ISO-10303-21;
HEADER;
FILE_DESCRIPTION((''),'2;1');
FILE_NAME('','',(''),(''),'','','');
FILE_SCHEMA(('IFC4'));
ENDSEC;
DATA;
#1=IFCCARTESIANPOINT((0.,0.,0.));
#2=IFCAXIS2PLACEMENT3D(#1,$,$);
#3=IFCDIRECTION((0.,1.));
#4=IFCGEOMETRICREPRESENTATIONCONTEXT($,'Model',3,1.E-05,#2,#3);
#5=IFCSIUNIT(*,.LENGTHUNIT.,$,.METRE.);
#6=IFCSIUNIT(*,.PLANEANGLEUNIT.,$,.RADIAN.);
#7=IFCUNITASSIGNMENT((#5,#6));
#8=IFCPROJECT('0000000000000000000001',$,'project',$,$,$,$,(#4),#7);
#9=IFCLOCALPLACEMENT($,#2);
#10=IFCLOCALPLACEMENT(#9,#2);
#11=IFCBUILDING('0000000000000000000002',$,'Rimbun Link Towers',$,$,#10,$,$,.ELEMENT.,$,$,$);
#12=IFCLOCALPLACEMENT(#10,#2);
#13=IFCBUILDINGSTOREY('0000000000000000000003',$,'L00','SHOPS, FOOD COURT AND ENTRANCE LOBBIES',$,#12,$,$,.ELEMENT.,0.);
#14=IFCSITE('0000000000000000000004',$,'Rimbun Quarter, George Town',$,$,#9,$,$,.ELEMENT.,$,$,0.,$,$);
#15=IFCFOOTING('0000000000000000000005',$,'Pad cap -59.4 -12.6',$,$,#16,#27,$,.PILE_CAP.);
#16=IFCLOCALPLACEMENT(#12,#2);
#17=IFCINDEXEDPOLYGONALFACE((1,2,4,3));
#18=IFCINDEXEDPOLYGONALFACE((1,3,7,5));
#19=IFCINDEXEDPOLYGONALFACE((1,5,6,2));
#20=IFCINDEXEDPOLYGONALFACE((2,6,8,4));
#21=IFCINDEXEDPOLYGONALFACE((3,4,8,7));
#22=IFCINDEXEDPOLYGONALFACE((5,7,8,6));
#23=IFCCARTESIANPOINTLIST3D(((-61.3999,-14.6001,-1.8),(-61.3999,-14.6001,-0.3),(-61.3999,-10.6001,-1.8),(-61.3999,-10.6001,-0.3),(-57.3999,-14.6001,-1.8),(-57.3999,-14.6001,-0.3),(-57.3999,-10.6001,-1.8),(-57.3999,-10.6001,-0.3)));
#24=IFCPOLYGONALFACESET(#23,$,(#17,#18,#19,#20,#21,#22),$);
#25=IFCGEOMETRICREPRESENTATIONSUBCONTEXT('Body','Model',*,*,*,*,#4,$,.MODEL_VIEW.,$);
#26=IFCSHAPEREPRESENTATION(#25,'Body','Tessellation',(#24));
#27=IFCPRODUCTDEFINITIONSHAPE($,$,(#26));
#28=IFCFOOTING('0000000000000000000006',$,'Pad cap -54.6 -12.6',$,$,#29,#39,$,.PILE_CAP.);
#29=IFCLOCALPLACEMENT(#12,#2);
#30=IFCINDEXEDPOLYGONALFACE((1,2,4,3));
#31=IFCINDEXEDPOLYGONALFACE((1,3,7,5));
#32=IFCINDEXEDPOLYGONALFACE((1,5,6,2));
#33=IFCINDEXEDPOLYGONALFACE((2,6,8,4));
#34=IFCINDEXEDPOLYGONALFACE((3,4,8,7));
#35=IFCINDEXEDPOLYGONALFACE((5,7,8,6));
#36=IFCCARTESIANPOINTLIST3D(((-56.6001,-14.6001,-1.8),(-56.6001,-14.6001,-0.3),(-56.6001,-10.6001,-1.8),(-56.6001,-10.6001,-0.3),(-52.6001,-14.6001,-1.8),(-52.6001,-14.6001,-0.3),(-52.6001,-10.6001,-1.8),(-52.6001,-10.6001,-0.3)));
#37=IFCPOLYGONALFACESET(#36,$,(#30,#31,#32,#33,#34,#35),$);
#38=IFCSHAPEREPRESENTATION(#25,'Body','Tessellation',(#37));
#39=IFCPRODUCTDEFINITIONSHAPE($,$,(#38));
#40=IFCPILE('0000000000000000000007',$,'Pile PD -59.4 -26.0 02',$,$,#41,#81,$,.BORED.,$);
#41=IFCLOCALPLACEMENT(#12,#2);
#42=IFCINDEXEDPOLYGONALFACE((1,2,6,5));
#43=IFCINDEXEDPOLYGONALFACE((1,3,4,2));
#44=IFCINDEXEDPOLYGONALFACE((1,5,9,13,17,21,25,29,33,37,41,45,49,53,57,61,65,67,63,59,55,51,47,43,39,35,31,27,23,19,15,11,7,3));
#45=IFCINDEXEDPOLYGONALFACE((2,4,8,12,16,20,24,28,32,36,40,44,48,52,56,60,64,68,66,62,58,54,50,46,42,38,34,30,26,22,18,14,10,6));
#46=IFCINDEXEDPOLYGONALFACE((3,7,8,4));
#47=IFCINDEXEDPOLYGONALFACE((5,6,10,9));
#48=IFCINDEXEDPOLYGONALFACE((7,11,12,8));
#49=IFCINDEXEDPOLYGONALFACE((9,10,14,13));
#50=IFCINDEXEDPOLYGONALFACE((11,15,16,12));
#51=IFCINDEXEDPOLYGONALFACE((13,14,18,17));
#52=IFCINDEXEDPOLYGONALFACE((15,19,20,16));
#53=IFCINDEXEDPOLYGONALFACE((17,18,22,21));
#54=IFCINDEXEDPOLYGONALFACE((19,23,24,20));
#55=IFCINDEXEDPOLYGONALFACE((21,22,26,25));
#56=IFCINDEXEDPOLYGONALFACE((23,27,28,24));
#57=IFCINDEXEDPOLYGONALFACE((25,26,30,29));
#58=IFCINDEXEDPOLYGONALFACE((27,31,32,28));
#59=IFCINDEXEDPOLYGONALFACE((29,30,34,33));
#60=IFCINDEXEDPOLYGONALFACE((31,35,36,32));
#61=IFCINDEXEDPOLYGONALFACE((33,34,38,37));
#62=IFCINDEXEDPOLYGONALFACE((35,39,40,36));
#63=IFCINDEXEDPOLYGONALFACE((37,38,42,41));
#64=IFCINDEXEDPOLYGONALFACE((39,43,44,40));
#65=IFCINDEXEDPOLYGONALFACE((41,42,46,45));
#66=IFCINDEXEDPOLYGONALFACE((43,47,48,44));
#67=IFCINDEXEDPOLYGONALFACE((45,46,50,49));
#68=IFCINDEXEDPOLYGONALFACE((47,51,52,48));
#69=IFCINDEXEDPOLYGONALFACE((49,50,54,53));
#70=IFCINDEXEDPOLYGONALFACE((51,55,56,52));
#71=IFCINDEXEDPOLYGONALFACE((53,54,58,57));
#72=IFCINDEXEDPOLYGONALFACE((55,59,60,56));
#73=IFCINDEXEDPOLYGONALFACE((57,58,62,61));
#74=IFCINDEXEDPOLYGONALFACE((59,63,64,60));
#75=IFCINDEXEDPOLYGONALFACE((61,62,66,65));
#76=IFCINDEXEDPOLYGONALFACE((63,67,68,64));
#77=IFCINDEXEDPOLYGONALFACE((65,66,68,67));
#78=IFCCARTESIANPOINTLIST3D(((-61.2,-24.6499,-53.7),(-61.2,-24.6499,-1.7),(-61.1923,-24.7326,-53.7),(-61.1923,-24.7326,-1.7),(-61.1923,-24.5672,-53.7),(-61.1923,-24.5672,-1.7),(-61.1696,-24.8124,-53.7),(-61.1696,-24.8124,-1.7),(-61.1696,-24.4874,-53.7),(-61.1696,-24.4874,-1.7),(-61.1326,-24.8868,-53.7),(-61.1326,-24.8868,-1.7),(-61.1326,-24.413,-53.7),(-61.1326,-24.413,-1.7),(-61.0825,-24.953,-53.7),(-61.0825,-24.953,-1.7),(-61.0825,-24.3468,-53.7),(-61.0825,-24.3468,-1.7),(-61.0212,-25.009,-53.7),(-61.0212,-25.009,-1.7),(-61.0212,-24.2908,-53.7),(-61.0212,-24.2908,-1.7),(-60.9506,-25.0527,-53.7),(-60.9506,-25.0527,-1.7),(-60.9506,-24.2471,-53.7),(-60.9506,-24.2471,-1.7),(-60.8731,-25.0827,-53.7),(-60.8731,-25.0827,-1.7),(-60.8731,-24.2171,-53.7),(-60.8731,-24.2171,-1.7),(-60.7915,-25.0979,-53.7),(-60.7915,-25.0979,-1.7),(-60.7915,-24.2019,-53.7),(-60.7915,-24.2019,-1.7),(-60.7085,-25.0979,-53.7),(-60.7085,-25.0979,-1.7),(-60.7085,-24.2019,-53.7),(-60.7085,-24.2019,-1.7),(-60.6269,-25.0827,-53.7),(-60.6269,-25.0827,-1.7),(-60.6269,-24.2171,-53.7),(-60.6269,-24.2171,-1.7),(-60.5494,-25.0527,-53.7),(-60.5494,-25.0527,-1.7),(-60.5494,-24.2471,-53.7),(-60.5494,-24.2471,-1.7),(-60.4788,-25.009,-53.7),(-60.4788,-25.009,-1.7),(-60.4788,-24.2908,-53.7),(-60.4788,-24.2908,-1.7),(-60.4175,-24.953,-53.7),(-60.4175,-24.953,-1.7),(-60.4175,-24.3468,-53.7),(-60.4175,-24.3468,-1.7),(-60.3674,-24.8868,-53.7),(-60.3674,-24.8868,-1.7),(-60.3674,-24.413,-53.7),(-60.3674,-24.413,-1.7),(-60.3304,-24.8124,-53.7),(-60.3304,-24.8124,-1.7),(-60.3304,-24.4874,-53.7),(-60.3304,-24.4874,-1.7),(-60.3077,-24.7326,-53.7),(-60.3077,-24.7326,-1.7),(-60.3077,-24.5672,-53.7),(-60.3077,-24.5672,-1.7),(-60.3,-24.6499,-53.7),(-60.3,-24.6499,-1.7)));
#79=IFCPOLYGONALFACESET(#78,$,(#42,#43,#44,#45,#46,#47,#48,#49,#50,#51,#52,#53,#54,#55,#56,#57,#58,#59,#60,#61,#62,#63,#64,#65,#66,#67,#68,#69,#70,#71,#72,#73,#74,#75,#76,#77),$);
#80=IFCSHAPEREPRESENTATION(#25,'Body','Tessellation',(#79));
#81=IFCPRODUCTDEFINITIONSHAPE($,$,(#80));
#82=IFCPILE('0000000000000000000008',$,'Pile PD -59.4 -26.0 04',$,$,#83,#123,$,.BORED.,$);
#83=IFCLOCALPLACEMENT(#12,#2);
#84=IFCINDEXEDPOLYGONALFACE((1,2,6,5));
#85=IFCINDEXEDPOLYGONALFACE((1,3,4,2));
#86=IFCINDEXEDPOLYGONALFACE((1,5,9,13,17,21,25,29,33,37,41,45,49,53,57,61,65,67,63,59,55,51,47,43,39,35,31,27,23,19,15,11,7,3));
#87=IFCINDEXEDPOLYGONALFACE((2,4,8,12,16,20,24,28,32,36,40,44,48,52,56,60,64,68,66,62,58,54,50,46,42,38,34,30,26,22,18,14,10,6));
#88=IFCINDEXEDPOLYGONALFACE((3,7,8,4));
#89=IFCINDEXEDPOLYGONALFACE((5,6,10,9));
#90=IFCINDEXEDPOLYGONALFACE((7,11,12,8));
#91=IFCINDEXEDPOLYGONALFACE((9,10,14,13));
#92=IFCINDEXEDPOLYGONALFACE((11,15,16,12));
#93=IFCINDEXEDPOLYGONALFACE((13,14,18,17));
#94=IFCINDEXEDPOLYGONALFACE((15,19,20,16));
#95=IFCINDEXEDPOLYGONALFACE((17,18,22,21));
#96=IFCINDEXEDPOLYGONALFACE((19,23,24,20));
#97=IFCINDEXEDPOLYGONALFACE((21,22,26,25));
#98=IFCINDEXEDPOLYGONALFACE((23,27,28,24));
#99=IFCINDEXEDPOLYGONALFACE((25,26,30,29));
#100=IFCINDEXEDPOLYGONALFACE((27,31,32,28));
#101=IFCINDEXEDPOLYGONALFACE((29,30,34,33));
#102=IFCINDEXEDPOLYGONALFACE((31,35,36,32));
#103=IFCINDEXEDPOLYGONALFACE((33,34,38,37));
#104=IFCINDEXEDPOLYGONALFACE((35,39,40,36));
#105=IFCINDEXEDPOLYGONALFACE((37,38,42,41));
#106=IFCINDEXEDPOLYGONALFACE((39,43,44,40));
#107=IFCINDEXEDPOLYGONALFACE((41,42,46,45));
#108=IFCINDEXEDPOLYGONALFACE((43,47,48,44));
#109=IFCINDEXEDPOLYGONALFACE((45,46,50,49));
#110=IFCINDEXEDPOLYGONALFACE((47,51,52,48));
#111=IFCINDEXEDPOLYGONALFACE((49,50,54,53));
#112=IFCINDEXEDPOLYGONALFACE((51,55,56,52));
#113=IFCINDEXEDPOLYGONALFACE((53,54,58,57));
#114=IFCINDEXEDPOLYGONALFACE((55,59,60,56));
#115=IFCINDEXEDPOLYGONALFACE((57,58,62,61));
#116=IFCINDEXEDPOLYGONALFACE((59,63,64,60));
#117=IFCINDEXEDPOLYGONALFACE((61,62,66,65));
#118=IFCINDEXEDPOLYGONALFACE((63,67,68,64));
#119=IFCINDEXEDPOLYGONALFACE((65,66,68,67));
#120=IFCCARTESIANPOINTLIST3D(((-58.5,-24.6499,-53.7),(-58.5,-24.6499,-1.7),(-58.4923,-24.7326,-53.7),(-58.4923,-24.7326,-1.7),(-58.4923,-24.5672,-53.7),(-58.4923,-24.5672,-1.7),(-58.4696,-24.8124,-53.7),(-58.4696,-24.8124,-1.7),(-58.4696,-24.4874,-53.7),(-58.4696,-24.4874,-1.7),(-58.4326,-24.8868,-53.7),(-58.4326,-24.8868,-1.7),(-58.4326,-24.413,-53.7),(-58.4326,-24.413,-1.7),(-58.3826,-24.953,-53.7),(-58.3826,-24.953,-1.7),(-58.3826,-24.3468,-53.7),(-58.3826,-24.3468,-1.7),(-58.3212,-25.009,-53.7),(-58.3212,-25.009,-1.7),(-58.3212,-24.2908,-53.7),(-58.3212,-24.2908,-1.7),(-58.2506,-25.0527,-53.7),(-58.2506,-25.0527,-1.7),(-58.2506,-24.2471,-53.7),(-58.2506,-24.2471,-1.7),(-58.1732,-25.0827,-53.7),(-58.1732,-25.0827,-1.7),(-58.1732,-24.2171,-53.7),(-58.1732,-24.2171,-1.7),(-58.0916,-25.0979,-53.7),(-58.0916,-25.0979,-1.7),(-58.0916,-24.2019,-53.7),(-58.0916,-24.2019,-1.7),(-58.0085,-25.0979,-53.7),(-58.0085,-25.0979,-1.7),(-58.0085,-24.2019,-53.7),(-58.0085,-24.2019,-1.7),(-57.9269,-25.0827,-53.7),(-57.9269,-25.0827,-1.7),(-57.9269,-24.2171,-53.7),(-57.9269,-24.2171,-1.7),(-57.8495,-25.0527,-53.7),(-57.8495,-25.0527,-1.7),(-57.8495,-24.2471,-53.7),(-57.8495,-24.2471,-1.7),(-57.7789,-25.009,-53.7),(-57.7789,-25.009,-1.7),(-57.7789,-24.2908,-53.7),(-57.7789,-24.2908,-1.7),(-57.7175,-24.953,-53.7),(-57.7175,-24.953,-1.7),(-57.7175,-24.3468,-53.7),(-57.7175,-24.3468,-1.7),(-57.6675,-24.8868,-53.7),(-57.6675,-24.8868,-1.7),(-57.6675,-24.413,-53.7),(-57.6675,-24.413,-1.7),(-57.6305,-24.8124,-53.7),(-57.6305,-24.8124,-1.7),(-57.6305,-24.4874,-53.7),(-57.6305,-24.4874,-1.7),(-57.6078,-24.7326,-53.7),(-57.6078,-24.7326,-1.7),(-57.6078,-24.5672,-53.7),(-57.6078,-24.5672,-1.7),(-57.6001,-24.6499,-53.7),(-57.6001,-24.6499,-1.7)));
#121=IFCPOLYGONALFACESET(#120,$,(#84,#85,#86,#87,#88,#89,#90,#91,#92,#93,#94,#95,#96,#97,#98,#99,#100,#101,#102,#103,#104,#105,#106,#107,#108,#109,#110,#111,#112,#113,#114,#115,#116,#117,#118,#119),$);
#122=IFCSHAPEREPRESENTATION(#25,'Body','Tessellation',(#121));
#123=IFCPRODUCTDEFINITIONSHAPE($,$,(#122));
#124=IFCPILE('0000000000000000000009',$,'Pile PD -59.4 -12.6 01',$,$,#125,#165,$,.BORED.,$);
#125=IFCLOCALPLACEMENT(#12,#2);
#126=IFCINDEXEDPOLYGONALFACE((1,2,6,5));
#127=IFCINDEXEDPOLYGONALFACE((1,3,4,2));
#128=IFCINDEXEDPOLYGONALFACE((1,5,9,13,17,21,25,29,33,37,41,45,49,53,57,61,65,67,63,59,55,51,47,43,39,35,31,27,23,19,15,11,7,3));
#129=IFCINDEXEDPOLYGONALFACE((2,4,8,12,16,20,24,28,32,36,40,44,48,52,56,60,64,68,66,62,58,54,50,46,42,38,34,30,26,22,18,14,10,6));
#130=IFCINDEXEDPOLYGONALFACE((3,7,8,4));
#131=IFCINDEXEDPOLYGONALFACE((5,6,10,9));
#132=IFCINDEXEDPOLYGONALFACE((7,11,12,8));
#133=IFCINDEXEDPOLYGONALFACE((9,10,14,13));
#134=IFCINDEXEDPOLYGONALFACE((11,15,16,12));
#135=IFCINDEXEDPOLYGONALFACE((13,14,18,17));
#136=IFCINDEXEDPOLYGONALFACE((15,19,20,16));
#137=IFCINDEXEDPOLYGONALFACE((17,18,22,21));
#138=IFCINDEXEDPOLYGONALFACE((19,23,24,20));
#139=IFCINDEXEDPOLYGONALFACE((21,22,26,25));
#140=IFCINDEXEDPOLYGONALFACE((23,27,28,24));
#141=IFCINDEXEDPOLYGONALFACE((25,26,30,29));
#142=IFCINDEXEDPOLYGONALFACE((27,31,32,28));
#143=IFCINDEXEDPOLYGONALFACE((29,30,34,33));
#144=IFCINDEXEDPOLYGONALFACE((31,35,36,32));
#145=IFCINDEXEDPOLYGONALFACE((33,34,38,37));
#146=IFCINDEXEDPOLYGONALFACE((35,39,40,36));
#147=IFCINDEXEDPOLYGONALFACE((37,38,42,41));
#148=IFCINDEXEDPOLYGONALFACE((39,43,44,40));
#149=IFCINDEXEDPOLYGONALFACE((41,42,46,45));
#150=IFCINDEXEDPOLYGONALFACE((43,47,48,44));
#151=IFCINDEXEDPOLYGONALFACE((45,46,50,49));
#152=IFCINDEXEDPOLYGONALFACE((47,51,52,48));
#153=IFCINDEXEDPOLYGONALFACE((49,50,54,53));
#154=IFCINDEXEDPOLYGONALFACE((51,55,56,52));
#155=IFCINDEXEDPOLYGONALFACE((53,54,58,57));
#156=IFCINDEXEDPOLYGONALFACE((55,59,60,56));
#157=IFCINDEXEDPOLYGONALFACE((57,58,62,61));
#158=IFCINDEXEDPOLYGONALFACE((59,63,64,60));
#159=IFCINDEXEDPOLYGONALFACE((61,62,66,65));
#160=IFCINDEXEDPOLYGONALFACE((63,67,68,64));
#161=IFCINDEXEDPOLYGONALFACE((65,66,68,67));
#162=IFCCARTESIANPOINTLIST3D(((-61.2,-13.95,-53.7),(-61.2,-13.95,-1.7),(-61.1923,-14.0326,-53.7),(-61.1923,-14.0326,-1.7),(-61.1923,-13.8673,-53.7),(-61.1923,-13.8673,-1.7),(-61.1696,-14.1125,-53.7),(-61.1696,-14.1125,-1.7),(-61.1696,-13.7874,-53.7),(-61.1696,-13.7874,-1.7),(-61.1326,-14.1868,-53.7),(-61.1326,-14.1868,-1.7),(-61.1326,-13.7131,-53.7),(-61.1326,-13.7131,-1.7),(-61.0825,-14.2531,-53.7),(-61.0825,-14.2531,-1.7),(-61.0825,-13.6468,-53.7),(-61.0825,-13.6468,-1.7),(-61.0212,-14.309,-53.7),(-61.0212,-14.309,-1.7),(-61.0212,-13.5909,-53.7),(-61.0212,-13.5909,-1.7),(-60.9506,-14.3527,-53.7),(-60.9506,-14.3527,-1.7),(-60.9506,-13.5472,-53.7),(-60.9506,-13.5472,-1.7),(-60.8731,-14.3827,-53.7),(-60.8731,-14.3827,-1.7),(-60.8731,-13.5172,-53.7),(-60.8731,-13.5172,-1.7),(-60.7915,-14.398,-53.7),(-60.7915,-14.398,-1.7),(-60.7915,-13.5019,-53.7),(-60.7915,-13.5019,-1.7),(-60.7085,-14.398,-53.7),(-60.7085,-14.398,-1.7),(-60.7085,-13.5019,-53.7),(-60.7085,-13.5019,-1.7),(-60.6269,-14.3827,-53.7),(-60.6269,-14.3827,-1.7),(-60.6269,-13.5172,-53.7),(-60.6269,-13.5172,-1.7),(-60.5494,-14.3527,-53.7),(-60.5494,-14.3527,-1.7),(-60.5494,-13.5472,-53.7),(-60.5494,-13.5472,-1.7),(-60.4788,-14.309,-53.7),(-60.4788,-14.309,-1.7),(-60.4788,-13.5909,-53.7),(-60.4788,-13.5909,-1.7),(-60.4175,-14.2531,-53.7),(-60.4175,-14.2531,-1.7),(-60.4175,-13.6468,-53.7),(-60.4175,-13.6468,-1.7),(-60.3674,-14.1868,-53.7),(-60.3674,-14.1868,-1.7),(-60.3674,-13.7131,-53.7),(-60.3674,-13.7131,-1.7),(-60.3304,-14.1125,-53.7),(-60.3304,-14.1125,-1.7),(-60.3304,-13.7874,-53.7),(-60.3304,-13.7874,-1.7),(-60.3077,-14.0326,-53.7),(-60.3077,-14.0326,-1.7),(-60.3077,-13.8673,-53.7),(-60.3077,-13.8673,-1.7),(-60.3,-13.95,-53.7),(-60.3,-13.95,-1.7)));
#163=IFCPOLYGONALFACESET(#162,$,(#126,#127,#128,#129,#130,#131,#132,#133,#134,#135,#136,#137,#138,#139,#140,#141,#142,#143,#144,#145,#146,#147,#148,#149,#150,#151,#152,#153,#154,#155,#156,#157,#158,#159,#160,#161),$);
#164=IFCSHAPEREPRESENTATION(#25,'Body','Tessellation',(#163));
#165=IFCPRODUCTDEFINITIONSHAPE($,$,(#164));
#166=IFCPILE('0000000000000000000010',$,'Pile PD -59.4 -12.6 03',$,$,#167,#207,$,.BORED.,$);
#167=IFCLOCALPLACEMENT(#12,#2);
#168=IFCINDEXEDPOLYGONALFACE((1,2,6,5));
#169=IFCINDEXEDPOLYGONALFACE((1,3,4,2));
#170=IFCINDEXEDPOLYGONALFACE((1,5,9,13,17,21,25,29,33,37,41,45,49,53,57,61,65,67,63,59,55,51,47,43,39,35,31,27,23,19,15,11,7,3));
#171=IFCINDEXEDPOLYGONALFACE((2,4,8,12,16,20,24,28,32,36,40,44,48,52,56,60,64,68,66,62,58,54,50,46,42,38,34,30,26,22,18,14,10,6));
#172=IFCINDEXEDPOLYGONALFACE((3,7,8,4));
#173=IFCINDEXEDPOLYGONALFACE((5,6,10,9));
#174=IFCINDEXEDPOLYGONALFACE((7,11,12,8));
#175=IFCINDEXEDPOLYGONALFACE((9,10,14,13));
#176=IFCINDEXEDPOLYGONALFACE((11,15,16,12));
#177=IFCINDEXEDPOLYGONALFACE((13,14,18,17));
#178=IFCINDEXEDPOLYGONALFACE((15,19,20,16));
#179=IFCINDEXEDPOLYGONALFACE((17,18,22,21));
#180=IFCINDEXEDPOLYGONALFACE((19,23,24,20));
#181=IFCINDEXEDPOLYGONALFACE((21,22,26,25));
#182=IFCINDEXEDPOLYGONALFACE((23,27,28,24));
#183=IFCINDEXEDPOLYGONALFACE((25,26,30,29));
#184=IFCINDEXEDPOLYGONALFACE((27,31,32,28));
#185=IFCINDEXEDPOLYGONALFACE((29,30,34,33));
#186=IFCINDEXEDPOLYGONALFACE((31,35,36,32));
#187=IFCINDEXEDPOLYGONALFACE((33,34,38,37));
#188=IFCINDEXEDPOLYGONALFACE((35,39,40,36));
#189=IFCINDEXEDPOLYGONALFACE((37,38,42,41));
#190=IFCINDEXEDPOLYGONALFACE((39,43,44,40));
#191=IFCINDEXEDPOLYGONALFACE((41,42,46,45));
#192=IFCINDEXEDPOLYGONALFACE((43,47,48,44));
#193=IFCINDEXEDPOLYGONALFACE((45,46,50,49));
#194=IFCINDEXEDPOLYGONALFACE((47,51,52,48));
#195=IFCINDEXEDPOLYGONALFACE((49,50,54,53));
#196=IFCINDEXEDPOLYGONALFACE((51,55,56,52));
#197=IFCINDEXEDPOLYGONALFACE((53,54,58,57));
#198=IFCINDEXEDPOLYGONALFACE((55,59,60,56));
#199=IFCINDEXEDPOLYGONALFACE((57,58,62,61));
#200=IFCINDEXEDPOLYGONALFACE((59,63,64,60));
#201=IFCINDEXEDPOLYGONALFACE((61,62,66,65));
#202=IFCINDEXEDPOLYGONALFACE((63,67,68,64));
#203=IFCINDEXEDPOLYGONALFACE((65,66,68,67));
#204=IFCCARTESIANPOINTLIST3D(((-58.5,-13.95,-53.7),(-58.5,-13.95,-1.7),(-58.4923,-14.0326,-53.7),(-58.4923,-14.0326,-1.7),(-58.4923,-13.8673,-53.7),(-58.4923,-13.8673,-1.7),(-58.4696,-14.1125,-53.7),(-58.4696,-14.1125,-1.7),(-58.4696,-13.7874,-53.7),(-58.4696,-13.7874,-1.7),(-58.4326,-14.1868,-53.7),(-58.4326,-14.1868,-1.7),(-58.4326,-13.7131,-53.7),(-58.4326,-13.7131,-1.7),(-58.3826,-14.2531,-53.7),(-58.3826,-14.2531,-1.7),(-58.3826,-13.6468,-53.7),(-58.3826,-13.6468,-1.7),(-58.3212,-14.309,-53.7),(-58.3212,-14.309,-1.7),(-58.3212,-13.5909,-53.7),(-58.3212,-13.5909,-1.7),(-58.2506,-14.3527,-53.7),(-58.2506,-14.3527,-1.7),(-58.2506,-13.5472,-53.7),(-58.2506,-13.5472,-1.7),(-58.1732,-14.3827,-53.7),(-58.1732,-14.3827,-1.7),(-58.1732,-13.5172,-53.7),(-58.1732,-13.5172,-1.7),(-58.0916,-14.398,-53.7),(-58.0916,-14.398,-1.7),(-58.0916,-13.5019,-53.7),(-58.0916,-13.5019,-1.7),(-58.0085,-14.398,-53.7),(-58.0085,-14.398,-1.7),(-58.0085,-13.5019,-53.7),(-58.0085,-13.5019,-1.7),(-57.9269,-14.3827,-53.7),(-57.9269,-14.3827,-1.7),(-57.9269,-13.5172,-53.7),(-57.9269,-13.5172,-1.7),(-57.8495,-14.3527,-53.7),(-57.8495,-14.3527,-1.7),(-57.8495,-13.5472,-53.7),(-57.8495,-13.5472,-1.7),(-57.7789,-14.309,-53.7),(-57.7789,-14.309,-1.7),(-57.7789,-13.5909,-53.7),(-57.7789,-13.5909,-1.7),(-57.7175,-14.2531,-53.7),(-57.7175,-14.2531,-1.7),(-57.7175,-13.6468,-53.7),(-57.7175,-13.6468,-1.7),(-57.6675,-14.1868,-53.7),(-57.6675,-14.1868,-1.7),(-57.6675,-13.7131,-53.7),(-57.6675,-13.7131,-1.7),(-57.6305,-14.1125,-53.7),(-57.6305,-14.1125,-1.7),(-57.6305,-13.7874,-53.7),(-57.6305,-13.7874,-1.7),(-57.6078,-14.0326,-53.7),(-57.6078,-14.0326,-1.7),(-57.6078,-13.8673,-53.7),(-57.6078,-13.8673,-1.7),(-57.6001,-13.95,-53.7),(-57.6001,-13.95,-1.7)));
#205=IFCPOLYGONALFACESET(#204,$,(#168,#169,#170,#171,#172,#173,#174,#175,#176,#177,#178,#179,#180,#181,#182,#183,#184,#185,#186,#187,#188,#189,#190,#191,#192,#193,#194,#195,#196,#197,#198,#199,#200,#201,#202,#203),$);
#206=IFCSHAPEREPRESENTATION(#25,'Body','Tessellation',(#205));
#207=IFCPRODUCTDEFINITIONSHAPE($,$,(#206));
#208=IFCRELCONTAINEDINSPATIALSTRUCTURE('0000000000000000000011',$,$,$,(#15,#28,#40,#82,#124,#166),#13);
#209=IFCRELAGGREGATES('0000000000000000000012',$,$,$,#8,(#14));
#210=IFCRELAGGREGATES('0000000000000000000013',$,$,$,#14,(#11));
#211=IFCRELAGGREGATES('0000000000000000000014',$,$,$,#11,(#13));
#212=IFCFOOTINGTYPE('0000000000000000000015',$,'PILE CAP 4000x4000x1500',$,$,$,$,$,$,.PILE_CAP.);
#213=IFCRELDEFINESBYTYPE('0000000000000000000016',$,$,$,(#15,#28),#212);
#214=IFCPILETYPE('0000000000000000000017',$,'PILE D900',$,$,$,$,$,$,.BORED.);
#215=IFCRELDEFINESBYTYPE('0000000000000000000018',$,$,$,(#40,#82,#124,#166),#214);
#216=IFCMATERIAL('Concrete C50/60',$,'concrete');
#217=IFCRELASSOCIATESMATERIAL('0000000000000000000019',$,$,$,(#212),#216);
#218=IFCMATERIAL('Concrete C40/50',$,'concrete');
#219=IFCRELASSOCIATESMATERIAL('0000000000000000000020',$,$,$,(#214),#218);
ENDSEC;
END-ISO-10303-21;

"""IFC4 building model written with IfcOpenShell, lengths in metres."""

from ifc_helpers import new_model, si_unit, direction, frame, origin, origin_2d, place, context, subcontext, project, spatial, rectangle, circle, extrude, material, material_profile, profile_set, type_object, element, save


model = new_model("IFC4")

# Units and contexts
model_context = context("Model", 3, precision=1e-05, world=origin(), true_north=direction((0.0, 1.0)))
body_context = subcontext(model_context, "Body", "Model", "MODEL_VIEW")
ifc_project = project(units=[si_unit("LENGTHUNIT", "METRE"), si_unit("PLANEANGLEUNIT", "RADIAN")], contexts=[model_context])

# Site, building, storey
site_placement = place(None, origin())
site = spatial("IfcSite", under=ifc_project, at=site_placement, Name="Rimbun Quarter, George Town", CompositionType="ELEMENT", RefElevation=0.0)
building_placement = place(site_placement, origin())
building = spatial("IfcBuilding", under=site, at=building_placement, Name="Rimbun Link Towers", CompositionType="ELEMENT")
storey_placement = place(building_placement, origin())
storey = spatial("IfcBuildingStorey", under=building, at=storey_placement, Name="L00", Description="SHOPS, FOOD COURT AND ENTRANCE LOBBIES", CompositionType="ELEMENT", Elevation=0.0)

# Footings
ifc_material_1 = material(Name="Concrete C50/60", Category="concrete")
footing_type = type_object("IfcFootingType", Name="PILE CAP 4000x4000x1500", PredefinedType="PILE_CAP", material=ifc_material_1)
for number, where, z_axis, x_axis, name in (
    (1, (-59.3999, -12.6001, -1.8), (0.0, 0.0, 1.0), (1.0, 0.0, 0.0), "Pad cap -59.4 -12.6"),
    (2, (-54.6001, -12.6001, -1.8), (0.0, 0.0, 1.0), (1.0, 0.0, 0.0), "Pad cap -54.6 -12.6"),
):
    element("IfcFooting", number, at=place(storey_placement, frame(where, z_axis=z_axis, x_axis=x_axis)), inside=storey, type_object=footing_type, Name=name, PredefinedType="PILE_CAP", context=body_context, shape_type="SweptSolid", body=[
        extrude(rectangle(XDim=4.0, YDim=4.0, at=origin_2d()), origin(), (0.0, 0.0, 1.0), 1.5),
    ])

# Piles
ifc_material_2 = material(Name="Concrete C40/50", Category="concrete")
ifc_material_profile_1 = material_profile(ifc_material_2, circle(Radius=0.45, at=origin_2d()), Name="PILE D900")
ifc_profile_set_1 = profile_set([ifc_material_profile_1], Name="Concrete C40/50")
pile_type = type_object("IfcPileType", Name="PILE D900", PredefinedType="BORED", material=ifc_profile_set_1)
for number, where, z_axis, x_axis, name in (
    (3, (-60.75, -24.6499, -1.7), (0.0, 0.0, -1.0), (1.0, 0.0, 0.0), "Pile PD -59.4 -26.0 02"),
    (4, (-58.05, -24.6499, -1.7), (0.0, 0.0, -1.0), (1.0, 0.0, 0.0), "Pile PD -59.4 -26.0 04"),
    (5, (-60.75, -13.95, -1.7), (0.0, 0.0, -1.0), (1.0, 0.0, 0.0), "Pile PD -59.4 -12.6 01"),
    (6, (-58.05, -13.95, -1.7), (0.0, 0.0, -1.0), (1.0, 0.0, 0.0), "Pile PD -59.4 -12.6 03"),
):
    element("IfcPile", number, at=place(storey_placement, frame(where, z_axis=z_axis, x_axis=x_axis)), inside=storey, type_object=pile_type, Name=name, PredefinedType="BORED", context=body_context, shape_type="SweptSolid", body=[
        extrude(circle(Radius=0.45, at=origin_2d()), origin(), (0.0, 0.0, 1.0), 52.0),
    ])

save(model, "model.ifc")
